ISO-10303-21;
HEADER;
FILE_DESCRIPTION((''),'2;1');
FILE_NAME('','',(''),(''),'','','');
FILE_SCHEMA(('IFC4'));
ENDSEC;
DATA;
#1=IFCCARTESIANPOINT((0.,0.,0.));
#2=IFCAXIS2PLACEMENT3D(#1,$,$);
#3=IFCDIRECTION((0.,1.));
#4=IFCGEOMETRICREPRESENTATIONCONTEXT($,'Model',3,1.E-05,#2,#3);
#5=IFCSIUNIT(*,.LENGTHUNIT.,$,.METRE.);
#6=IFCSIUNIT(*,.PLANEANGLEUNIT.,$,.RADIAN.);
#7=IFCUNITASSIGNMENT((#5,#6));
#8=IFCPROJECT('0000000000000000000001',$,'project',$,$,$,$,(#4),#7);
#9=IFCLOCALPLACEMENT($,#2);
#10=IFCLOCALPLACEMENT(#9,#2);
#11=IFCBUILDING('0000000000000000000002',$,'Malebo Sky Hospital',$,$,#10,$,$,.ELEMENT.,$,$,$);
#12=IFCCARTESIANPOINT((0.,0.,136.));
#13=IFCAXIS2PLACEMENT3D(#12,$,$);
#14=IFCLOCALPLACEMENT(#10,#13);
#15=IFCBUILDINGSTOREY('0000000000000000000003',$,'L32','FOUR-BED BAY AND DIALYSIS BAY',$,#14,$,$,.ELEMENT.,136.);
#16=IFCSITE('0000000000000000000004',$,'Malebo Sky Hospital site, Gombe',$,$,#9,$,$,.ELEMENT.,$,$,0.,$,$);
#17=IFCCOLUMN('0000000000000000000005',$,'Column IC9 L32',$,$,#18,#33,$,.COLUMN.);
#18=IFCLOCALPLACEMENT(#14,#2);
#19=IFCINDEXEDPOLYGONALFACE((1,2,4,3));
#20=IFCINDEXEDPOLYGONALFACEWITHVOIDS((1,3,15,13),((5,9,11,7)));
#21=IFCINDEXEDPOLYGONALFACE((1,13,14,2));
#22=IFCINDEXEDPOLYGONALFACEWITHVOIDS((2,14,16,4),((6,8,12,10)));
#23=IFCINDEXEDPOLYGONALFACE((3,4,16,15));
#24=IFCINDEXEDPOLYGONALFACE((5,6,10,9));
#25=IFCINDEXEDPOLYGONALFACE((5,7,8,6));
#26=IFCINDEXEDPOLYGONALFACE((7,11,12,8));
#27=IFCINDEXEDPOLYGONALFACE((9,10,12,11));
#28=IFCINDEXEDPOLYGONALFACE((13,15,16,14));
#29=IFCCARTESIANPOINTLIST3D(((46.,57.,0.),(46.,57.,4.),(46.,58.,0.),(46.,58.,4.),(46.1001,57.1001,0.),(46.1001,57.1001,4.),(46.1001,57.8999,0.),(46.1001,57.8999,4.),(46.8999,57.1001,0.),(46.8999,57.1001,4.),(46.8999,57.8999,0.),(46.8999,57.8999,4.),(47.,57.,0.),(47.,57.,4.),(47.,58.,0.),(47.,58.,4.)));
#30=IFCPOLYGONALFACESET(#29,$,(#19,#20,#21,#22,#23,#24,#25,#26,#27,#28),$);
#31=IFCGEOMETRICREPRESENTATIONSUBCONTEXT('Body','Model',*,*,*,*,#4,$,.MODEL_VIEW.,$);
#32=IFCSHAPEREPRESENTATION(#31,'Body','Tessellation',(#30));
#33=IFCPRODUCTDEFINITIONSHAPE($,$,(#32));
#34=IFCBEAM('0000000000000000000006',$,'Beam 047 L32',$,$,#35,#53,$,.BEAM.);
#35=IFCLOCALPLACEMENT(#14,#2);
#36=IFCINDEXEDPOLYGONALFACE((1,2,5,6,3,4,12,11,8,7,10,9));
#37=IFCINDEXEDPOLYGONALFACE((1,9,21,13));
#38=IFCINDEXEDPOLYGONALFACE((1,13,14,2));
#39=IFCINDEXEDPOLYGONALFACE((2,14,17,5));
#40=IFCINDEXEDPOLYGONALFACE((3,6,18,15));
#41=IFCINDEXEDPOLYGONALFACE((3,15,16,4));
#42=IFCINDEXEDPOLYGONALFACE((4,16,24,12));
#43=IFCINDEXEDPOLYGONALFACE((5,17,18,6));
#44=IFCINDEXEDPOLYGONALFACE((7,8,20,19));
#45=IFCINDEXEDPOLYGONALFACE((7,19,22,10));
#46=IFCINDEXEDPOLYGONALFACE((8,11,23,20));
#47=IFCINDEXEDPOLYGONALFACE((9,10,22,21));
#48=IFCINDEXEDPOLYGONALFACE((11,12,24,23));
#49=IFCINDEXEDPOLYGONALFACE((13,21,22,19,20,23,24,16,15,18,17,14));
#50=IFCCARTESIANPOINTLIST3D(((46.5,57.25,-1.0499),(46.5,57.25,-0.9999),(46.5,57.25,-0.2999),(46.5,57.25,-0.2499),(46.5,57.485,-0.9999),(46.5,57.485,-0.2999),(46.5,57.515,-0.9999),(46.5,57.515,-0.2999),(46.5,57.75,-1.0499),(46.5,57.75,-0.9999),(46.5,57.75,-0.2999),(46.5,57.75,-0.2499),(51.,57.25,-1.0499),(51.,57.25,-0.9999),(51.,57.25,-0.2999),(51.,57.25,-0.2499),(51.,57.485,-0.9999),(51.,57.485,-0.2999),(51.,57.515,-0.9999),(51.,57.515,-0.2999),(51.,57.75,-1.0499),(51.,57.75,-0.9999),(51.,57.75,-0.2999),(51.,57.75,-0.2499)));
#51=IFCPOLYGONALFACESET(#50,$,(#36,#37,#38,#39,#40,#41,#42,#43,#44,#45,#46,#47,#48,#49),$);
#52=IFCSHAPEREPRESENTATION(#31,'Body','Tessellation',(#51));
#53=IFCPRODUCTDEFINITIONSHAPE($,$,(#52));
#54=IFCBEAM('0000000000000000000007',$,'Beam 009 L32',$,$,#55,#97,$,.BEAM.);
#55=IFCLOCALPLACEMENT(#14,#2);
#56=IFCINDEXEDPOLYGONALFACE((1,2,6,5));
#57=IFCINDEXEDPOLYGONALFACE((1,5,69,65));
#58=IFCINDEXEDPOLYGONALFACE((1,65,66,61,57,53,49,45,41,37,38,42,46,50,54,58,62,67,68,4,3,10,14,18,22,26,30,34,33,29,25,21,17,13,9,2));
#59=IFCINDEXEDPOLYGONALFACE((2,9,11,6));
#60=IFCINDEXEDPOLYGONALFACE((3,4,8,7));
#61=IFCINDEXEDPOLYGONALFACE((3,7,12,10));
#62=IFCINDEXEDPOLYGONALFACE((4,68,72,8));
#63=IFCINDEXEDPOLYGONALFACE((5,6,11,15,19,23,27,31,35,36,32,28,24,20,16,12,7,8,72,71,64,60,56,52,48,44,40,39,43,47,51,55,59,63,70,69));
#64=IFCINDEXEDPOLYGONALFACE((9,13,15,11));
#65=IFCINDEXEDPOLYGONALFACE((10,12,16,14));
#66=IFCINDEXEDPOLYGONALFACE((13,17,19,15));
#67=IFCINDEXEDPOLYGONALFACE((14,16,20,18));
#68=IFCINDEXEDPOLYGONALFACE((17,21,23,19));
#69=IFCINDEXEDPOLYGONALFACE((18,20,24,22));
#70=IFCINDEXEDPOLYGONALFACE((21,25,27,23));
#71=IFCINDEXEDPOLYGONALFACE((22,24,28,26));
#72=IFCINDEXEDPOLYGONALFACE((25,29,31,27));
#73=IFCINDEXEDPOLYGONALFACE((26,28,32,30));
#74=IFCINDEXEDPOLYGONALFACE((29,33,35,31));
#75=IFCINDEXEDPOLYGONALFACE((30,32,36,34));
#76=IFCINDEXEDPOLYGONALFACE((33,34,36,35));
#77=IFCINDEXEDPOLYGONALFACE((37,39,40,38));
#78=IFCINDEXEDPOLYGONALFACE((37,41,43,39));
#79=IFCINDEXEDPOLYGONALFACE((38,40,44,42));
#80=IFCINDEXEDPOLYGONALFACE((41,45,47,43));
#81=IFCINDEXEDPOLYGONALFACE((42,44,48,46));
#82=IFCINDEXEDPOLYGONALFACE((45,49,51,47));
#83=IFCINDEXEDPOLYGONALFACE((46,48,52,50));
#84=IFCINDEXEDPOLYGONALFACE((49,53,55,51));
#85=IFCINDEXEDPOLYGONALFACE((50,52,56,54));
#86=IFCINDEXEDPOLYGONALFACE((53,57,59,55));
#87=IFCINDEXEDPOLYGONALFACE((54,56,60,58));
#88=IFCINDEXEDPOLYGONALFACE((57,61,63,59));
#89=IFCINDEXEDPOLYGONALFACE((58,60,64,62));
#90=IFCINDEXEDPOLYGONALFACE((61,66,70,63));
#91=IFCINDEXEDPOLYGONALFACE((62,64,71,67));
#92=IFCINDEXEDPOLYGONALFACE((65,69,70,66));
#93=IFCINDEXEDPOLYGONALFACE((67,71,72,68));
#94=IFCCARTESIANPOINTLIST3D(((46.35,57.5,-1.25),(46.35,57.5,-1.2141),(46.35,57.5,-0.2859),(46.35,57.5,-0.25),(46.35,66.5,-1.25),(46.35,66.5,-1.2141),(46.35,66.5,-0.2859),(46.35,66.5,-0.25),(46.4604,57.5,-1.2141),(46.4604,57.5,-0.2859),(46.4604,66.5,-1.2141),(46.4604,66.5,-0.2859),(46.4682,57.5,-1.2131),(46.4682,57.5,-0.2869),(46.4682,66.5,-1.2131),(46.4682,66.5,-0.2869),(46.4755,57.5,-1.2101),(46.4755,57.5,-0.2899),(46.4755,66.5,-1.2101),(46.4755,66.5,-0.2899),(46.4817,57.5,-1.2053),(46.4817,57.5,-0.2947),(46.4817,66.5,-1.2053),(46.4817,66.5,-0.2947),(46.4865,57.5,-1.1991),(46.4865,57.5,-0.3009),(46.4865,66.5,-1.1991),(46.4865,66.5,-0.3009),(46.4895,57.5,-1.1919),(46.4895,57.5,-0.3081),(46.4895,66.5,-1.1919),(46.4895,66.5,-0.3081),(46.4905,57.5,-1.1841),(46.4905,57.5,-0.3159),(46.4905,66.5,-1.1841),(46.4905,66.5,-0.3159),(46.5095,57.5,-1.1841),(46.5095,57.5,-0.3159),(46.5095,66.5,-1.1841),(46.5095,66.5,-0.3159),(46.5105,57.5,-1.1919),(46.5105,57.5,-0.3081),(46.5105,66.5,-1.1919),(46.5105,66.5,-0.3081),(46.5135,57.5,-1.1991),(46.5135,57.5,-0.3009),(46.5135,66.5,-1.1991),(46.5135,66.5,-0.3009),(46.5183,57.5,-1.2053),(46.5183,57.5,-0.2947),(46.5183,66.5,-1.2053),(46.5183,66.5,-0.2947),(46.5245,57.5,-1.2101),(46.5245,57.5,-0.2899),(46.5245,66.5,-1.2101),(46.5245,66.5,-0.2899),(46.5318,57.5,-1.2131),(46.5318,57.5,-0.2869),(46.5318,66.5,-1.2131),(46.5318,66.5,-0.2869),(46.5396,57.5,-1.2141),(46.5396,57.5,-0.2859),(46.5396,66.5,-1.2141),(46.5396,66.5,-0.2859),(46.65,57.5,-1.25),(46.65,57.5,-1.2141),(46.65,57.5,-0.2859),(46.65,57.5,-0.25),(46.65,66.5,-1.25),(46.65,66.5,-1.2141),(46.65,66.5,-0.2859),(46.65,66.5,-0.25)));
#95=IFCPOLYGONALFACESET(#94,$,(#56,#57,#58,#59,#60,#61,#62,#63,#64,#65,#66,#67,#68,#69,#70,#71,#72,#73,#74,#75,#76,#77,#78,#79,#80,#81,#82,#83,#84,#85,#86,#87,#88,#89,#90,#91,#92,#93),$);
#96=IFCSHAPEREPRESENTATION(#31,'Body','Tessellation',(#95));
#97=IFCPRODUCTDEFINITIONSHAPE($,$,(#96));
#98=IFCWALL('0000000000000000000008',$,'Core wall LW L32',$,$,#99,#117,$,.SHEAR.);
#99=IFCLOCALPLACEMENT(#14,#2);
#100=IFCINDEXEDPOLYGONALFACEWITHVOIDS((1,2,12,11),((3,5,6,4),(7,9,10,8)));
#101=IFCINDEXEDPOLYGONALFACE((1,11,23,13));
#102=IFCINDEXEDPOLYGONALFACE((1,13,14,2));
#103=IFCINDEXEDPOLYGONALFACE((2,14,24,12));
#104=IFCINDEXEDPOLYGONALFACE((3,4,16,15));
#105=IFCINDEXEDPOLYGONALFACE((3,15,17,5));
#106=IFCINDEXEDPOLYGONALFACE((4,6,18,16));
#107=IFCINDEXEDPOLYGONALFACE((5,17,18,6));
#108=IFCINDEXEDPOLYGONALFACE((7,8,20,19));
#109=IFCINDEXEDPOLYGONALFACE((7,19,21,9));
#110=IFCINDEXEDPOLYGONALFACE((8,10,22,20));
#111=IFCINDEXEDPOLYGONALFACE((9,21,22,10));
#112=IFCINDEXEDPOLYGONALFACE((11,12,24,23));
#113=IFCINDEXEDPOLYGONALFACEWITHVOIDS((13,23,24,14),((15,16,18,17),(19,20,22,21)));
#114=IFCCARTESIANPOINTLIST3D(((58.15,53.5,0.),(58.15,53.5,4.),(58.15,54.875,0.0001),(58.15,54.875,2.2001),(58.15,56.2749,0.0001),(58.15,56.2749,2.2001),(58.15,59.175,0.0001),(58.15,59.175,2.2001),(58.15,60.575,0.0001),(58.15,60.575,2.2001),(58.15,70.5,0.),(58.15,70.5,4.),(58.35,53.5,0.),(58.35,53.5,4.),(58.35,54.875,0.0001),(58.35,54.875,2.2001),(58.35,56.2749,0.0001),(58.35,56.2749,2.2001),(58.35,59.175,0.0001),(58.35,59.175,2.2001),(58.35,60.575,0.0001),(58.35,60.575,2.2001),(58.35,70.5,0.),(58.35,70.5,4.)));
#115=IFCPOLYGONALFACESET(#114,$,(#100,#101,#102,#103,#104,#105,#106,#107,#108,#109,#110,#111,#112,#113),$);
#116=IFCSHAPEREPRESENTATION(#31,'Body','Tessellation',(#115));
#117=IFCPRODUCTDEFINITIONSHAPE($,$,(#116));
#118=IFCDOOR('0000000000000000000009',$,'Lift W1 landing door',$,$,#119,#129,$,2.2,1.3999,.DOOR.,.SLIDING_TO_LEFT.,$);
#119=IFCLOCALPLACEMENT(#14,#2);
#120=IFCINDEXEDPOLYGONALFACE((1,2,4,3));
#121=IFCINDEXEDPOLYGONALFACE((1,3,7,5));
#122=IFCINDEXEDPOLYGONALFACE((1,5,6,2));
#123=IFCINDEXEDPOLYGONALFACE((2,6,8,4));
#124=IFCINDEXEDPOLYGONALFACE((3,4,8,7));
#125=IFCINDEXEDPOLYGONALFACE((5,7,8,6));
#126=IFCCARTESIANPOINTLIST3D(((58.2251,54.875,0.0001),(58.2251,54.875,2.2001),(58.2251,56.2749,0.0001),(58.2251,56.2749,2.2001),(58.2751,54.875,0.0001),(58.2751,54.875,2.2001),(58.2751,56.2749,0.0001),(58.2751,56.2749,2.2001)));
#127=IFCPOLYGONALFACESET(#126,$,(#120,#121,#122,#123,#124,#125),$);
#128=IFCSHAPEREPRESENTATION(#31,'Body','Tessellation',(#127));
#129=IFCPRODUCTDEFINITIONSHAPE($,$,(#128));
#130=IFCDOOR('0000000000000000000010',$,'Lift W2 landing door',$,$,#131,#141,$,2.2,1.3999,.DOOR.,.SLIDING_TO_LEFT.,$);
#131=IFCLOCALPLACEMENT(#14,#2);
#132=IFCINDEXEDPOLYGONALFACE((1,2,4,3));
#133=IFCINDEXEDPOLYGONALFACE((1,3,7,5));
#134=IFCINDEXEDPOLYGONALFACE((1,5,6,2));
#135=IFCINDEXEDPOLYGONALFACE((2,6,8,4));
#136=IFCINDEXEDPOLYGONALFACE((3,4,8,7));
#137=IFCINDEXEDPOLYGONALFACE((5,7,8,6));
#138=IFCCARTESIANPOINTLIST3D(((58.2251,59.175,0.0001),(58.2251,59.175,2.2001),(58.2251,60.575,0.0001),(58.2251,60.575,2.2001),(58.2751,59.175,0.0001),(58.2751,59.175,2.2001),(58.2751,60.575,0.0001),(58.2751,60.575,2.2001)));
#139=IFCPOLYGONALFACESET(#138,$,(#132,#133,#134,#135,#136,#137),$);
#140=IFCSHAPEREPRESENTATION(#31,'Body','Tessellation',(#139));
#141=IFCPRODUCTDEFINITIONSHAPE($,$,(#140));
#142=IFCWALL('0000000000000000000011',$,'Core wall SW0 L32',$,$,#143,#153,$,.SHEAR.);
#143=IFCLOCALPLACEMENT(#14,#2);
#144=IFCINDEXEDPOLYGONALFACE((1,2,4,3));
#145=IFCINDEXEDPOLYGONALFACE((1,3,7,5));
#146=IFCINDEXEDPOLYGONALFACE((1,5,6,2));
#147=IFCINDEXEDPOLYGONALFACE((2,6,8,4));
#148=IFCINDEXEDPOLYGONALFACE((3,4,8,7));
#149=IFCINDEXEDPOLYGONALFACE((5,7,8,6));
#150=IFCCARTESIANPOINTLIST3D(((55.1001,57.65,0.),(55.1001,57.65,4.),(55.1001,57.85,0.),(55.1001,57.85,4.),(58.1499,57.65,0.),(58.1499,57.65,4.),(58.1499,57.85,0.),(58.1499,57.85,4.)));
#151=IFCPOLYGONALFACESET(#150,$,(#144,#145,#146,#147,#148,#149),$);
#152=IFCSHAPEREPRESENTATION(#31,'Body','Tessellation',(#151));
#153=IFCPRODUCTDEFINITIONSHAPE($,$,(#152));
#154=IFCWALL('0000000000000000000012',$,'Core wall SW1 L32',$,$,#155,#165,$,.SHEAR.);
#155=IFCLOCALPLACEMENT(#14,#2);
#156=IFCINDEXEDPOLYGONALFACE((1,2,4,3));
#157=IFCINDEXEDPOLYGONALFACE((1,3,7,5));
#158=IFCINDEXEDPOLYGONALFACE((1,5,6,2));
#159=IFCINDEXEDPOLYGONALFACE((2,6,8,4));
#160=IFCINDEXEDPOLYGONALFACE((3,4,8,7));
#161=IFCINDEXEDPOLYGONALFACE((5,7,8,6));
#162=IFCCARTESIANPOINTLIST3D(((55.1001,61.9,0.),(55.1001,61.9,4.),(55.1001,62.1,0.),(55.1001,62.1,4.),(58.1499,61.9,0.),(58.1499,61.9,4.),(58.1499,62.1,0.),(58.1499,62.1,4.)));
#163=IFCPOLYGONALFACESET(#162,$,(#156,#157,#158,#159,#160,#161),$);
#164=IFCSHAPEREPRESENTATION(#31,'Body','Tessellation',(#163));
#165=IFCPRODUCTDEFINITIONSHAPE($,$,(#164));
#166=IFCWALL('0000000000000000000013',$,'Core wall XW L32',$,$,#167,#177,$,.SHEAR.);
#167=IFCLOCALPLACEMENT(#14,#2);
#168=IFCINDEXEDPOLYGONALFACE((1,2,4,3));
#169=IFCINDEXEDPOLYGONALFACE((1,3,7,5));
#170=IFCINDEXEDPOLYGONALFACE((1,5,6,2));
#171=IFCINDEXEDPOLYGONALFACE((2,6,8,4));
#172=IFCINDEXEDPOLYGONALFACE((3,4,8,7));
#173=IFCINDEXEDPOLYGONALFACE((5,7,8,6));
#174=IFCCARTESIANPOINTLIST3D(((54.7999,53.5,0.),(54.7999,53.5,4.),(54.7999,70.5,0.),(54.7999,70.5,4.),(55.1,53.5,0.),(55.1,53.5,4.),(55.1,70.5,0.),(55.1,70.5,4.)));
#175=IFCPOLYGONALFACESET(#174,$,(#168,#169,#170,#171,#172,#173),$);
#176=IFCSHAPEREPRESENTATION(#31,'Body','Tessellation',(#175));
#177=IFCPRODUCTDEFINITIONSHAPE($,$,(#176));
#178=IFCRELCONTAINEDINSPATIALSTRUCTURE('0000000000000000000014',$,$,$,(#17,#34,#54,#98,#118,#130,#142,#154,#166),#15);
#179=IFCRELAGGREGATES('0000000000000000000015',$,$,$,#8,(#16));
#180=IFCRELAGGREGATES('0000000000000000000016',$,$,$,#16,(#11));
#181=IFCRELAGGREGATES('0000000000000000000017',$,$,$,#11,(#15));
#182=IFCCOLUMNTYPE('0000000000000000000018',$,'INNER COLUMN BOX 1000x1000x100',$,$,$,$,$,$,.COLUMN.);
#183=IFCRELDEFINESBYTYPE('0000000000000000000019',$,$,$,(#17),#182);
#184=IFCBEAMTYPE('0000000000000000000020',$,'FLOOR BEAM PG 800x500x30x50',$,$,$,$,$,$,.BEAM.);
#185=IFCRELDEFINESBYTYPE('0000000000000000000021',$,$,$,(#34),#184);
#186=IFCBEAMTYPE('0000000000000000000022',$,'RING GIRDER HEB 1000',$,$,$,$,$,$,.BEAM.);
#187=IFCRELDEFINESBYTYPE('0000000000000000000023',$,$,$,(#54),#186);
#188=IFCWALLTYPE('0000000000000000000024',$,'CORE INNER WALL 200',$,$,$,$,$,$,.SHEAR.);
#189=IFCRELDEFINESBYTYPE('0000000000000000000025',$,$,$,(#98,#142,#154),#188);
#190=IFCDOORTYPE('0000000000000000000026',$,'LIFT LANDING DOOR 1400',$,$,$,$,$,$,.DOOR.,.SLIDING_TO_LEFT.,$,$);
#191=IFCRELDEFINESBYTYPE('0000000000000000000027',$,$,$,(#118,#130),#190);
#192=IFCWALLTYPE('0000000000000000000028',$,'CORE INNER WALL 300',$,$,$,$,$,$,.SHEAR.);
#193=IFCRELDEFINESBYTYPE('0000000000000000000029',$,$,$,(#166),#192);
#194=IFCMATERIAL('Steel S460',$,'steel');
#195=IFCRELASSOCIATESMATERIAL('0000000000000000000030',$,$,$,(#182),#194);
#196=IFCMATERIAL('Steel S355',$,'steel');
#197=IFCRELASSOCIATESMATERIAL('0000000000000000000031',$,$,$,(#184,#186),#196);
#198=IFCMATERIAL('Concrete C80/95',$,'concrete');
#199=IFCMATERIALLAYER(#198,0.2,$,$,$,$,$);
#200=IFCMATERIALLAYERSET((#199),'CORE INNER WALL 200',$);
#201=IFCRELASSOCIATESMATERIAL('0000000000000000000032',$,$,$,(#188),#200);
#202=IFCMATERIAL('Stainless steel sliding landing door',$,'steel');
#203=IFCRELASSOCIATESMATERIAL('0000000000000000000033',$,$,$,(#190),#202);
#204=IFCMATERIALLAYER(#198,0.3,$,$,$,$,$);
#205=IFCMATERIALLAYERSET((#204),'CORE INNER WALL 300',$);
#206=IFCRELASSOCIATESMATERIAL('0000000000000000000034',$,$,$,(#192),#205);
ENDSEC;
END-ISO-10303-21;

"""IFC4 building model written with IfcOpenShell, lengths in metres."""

from ifc_helpers import new_model, si_unit, direction, frame, frame_2d, origin, origin_2d, place, context, subcontext, project, spatial, rectangle, hollow_rectangle, i_section, extrude, material, layer, layer_set, material_profile, profile_set, type_object, element, fill, save


model = new_model("IFC4")

# Units and contexts
model_context = context("Model", 3, precision=1e-05, world=origin(), true_north=direction((0.0, 1.0)))
body_context = subcontext(model_context, "Body", "Model", "MODEL_VIEW")
ifc_project = project(units=[si_unit("LENGTHUNIT", "METRE"), si_unit("PLANEANGLEUNIT", "RADIAN")], contexts=[model_context])

# Site, building, storey
site_placement = place(None, origin())
site = spatial("IfcSite", under=ifc_project, at=site_placement, Name="Malebo Sky Hospital site, Gombe", CompositionType="ELEMENT", RefElevation=0.0)
building_placement = place(site_placement, origin())
building = spatial("IfcBuilding", under=site, at=building_placement, Name="Malebo Sky Hospital", CompositionType="ELEMENT")
storey_placement = place(building_placement, frame((0.0, 0.0, 136.0)))
storey = spatial("IfcBuildingStorey", under=building, at=storey_placement, Name="L32", Description="FOUR-BED BAY AND DIALYSIS BAY", CompositionType="ELEMENT", Elevation=136.0)

# Column
ifc_material_1 = material(Name="Steel S460", Category="steel")
ifc_material_profile_1 = material_profile(ifc_material_1, hollow_rectangle(XDim=1.0, YDim=1.0, WallThickness=0.1001, at=origin_2d()), Name="BOX 1000x1000x100")
ifc_profile_set_1 = profile_set([ifc_material_profile_1], Name="Steel S460")
column_type = type_object("IfcColumnType", Name="INNER COLUMN BOX 1000x1000x100", PredefinedType="COLUMN", material=ifc_profile_set_1)
column_placement = place(storey_placement, frame((46.5, 57.5, 0.0), z_axis=(0.0, 0.0, 1.0), x_axis=(1.0, 0.0, 0.0)))
element("IfcColumn", 1, at=column_placement, inside=storey, type_object=column_type, Name="Column IC9 L32", PredefinedType="COLUMN", context=body_context, shape_type="SweptSolid", body=[
    extrude(hollow_rectangle(XDim=1.0, YDim=1.0, WallThickness=0.1001, at=origin_2d()), origin(), (0.0, 0.0, 1.0), 4.0),
])

# Beams
ifc_material_2 = material(Name="Steel S355", Category="steel")
ifc_material_profile_2 = material_profile(ifc_material_2, i_section(OverallWidth=0.5, OverallDepth=0.8, WebThickness=0.03, FlangeThickness=0.05, at=origin_2d()), Name="PG 800x500x30x50")
ifc_profile_set_2 = profile_set([ifc_material_profile_2], Name="Steel S355")
beam_type_1 = type_object("IfcBeamType", Name="FLOOR BEAM PG 800x500x30x50", PredefinedType="BEAM", material=ifc_profile_set_2)
beam_1_placement = place(storey_placement, frame((46.5, 57.5, -0.6499), z_axis=(1.0, 0.0, 0.0), x_axis=(0.0, 1.0, 0.0)))
element("IfcBeam", 2, at=beam_1_placement, inside=storey, type_object=beam_type_1, Name="Beam 047 L32", PredefinedType="BEAM", context=body_context, shape_type="SweptSolid", body=[
    extrude(i_section(OverallWidth=0.5, OverallDepth=0.8, WebThickness=0.03, FlangeThickness=0.05, at=origin_2d()), origin(), (0.0, 0.0, 1.0), 4.5),
])
ifc_material_profile_3 = material_profile(ifc_material_2, i_section(OverallWidth=0.3, OverallDepth=1.0, WebThickness=0.019, FlangeThickness=0.0359, FilletRadius=0.03, at=origin_2d()), Name="HEB 1000")
ifc_profile_set_3 = profile_set([ifc_material_profile_3], Name="Steel S355")
beam_type_2 = type_object("IfcBeamType", Name="RING GIRDER HEB 1000", PredefinedType="BEAM", material=ifc_profile_set_3)
beam_2_placement = place(storey_placement, frame((46.5, 57.5, -0.75), z_axis=(0.0, 1.0, 0.0), x_axis=(-1.0, 0.0, 0.0)))
element("IfcBeam", 3, at=beam_2_placement, inside=storey, type_object=beam_type_2, Name="Beam 009 L32", PredefinedType="BEAM", context=body_context, shape_type="SweptSolid", body=[
    extrude(i_section(OverallWidth=0.3, OverallDepth=1.0, WebThickness=0.019, FlangeThickness=0.0359, FilletRadius=0.03, at=origin_2d()), origin(), (0.0, 0.0, 1.0), 9.0),
])

# Wall, openings, doors
ifc_material_3 = material(Name="Concrete C80/95", Category="concrete")
ifc_layer_1 = layer(ifc_material_3, 0.2)
ifc_layer_set_1 = layer_set([ifc_layer_1], Name="CORE INNER WALL 200")
wall_type_1 = type_object("IfcWallType", Name="CORE INNER WALL 200", PredefinedType="SHEAR", material=ifc_layer_set_1)
wall_1_placement = place(storey_placement, frame((58.25, 53.5, 0.0), z_axis=(0.0, 0.0, 1.0), x_axis=(0.0, 1.0, 0.0)))
wall_1 = element("IfcWall", 4, at=wall_1_placement, inside=storey, type_object=wall_type_1, Name="Core wall LW L32", PredefinedType="SHEAR", context=body_context, shape_type="SweptSolid", body=[
    extrude(rectangle(XDim=17.0, YDim=0.2, at=frame_2d((8.5, 0.0))), origin(), (0.0, 0.0, 1.0), 4.0),
])
opening_1_placement = place(wall_1_placement, frame((1.375, 0.0, 0.0)))
opening_1 = element("IfcOpeningElement", 5, at=opening_1_placement, cuts=wall_1, PredefinedType="OPENING", context=body_context, shape_type="SweptSolid", body=[
    extrude(rectangle(XDim=1.3999, YDim=2.2, at=frame_2d((0.7, 1.1001))), frame((0.0, 0.1099, 0.0), z_axis=(0.0, -1.0, 0.0), x_axis=(1.0, 0.0, 0.0)), (0.0, 0.0, 1.0), 0.22),
])
opening_2_placement = place(wall_1_placement, frame((5.675, 0.0, 0.0)))
opening_2 = element("IfcOpeningElement", 6, at=opening_2_placement, cuts=wall_1, PredefinedType="OPENING", context=body_context, shape_type="SweptSolid", body=[
    extrude(rectangle(XDim=1.3999, YDim=2.2, at=frame_2d((0.7, 1.1001))), frame((0.0, 0.1099, 0.0), z_axis=(0.0, -1.0, 0.0), x_axis=(1.0, 0.0, 0.0)), (0.0, 0.0, 1.0), 0.22),
])
ifc_material_4 = material(Name="Stainless steel sliding landing door", Category="steel")
door_type_1 = type_object("IfcDoorType", Name="LIFT LANDING DOOR 1400", OperationType="SLIDING_TO_LEFT", PredefinedType="DOOR", material=ifc_material_4)
door_1_placement = place(opening_1_placement, origin())
door_1 = element("IfcDoor", 7, at=door_1_placement, inside=storey, type_object=door_type_1, Name="Lift W1 landing door", OperationType="SLIDING_TO_LEFT", OverallHeight=2.2, OverallWidth=1.3999, PredefinedType="DOOR", context=body_context, shape_type="SweptSolid", body=[
    extrude(rectangle(XDim=1.3999, YDim=2.2, at=frame_2d((0.7, 1.1001))), frame((0.0, 0.0249, 0.0), z_axis=(0.0, -1.0, 0.0), x_axis=(1.0, 0.0, 0.0)), (0.0, 0.0, 1.0), 0.05),
])
fill(opening_1, door_1)
door_2_placement = place(opening_2_placement, origin())
door_2 = element("IfcDoor", 8, at=door_2_placement, inside=storey, type_object=door_type_1, Name="Lift W2 landing door", OperationType="SLIDING_TO_LEFT", OverallHeight=2.2, OverallWidth=1.3999, PredefinedType="DOOR", context=body_context, shape_type="SweptSolid", body=[
    extrude(rectangle(XDim=1.3999, YDim=2.2, at=frame_2d((0.7, 1.1001))), frame((0.0, 0.0249, 0.0), z_axis=(0.0, -1.0, 0.0), x_axis=(1.0, 0.0, 0.0)), (0.0, 0.0, 1.0), 0.05),
])
fill(opening_2, door_2)

# Walls
for number, where, z_axis, x_axis, name in (
    (9, (55.1001, 57.75, 0.0), (0.0, 0.0, 1.0), (1.0, 0.0, 0.0), "Core wall SW0 L32"),
    (10, (55.1001, 62.0, 0.0), (0.0, 0.0, 1.0), (1.0, 0.0, 0.0), "Core wall SW1 L32"),
):
    element("IfcWall", number, at=place(storey_placement, frame(where, z_axis=z_axis, x_axis=x_axis)), inside=storey, type_object=wall_type_1, Name=name, PredefinedType="SHEAR", context=body_context, shape_type="SweptSolid", body=[
        extrude(rectangle(XDim=3.0498, YDim=0.2, at=frame_2d((1.5249, 0.0))), origin(), (0.0, 0.0, 1.0), 4.0),
    ])
ifc_layer_2 = layer(ifc_material_3, 0.3)
ifc_layer_set_2 = layer_set([ifc_layer_2], Name="CORE INNER WALL 300")
wall_type_2 = type_object("IfcWallType", Name="CORE INNER WALL 300", PredefinedType="SHEAR", material=ifc_layer_set_2)
wall_2_placement = place(storey_placement, frame((54.95, 53.5, 0.0), z_axis=(0.0, 0.0, 1.0), x_axis=(0.0, 1.0, 0.0)))
element("IfcWall", 11, at=wall_2_placement, inside=storey, type_object=wall_type_2, Name="Core wall XW L32", PredefinedType="SHEAR", context=body_context, shape_type="SweptSolid", body=[
    extrude(rectangle(XDim=17.0, YDim=0.3, at=frame_2d((8.5, 0.0))), origin(), (0.0, 0.0, 1.0), 4.0),
])

save(model, "model.ifc")
